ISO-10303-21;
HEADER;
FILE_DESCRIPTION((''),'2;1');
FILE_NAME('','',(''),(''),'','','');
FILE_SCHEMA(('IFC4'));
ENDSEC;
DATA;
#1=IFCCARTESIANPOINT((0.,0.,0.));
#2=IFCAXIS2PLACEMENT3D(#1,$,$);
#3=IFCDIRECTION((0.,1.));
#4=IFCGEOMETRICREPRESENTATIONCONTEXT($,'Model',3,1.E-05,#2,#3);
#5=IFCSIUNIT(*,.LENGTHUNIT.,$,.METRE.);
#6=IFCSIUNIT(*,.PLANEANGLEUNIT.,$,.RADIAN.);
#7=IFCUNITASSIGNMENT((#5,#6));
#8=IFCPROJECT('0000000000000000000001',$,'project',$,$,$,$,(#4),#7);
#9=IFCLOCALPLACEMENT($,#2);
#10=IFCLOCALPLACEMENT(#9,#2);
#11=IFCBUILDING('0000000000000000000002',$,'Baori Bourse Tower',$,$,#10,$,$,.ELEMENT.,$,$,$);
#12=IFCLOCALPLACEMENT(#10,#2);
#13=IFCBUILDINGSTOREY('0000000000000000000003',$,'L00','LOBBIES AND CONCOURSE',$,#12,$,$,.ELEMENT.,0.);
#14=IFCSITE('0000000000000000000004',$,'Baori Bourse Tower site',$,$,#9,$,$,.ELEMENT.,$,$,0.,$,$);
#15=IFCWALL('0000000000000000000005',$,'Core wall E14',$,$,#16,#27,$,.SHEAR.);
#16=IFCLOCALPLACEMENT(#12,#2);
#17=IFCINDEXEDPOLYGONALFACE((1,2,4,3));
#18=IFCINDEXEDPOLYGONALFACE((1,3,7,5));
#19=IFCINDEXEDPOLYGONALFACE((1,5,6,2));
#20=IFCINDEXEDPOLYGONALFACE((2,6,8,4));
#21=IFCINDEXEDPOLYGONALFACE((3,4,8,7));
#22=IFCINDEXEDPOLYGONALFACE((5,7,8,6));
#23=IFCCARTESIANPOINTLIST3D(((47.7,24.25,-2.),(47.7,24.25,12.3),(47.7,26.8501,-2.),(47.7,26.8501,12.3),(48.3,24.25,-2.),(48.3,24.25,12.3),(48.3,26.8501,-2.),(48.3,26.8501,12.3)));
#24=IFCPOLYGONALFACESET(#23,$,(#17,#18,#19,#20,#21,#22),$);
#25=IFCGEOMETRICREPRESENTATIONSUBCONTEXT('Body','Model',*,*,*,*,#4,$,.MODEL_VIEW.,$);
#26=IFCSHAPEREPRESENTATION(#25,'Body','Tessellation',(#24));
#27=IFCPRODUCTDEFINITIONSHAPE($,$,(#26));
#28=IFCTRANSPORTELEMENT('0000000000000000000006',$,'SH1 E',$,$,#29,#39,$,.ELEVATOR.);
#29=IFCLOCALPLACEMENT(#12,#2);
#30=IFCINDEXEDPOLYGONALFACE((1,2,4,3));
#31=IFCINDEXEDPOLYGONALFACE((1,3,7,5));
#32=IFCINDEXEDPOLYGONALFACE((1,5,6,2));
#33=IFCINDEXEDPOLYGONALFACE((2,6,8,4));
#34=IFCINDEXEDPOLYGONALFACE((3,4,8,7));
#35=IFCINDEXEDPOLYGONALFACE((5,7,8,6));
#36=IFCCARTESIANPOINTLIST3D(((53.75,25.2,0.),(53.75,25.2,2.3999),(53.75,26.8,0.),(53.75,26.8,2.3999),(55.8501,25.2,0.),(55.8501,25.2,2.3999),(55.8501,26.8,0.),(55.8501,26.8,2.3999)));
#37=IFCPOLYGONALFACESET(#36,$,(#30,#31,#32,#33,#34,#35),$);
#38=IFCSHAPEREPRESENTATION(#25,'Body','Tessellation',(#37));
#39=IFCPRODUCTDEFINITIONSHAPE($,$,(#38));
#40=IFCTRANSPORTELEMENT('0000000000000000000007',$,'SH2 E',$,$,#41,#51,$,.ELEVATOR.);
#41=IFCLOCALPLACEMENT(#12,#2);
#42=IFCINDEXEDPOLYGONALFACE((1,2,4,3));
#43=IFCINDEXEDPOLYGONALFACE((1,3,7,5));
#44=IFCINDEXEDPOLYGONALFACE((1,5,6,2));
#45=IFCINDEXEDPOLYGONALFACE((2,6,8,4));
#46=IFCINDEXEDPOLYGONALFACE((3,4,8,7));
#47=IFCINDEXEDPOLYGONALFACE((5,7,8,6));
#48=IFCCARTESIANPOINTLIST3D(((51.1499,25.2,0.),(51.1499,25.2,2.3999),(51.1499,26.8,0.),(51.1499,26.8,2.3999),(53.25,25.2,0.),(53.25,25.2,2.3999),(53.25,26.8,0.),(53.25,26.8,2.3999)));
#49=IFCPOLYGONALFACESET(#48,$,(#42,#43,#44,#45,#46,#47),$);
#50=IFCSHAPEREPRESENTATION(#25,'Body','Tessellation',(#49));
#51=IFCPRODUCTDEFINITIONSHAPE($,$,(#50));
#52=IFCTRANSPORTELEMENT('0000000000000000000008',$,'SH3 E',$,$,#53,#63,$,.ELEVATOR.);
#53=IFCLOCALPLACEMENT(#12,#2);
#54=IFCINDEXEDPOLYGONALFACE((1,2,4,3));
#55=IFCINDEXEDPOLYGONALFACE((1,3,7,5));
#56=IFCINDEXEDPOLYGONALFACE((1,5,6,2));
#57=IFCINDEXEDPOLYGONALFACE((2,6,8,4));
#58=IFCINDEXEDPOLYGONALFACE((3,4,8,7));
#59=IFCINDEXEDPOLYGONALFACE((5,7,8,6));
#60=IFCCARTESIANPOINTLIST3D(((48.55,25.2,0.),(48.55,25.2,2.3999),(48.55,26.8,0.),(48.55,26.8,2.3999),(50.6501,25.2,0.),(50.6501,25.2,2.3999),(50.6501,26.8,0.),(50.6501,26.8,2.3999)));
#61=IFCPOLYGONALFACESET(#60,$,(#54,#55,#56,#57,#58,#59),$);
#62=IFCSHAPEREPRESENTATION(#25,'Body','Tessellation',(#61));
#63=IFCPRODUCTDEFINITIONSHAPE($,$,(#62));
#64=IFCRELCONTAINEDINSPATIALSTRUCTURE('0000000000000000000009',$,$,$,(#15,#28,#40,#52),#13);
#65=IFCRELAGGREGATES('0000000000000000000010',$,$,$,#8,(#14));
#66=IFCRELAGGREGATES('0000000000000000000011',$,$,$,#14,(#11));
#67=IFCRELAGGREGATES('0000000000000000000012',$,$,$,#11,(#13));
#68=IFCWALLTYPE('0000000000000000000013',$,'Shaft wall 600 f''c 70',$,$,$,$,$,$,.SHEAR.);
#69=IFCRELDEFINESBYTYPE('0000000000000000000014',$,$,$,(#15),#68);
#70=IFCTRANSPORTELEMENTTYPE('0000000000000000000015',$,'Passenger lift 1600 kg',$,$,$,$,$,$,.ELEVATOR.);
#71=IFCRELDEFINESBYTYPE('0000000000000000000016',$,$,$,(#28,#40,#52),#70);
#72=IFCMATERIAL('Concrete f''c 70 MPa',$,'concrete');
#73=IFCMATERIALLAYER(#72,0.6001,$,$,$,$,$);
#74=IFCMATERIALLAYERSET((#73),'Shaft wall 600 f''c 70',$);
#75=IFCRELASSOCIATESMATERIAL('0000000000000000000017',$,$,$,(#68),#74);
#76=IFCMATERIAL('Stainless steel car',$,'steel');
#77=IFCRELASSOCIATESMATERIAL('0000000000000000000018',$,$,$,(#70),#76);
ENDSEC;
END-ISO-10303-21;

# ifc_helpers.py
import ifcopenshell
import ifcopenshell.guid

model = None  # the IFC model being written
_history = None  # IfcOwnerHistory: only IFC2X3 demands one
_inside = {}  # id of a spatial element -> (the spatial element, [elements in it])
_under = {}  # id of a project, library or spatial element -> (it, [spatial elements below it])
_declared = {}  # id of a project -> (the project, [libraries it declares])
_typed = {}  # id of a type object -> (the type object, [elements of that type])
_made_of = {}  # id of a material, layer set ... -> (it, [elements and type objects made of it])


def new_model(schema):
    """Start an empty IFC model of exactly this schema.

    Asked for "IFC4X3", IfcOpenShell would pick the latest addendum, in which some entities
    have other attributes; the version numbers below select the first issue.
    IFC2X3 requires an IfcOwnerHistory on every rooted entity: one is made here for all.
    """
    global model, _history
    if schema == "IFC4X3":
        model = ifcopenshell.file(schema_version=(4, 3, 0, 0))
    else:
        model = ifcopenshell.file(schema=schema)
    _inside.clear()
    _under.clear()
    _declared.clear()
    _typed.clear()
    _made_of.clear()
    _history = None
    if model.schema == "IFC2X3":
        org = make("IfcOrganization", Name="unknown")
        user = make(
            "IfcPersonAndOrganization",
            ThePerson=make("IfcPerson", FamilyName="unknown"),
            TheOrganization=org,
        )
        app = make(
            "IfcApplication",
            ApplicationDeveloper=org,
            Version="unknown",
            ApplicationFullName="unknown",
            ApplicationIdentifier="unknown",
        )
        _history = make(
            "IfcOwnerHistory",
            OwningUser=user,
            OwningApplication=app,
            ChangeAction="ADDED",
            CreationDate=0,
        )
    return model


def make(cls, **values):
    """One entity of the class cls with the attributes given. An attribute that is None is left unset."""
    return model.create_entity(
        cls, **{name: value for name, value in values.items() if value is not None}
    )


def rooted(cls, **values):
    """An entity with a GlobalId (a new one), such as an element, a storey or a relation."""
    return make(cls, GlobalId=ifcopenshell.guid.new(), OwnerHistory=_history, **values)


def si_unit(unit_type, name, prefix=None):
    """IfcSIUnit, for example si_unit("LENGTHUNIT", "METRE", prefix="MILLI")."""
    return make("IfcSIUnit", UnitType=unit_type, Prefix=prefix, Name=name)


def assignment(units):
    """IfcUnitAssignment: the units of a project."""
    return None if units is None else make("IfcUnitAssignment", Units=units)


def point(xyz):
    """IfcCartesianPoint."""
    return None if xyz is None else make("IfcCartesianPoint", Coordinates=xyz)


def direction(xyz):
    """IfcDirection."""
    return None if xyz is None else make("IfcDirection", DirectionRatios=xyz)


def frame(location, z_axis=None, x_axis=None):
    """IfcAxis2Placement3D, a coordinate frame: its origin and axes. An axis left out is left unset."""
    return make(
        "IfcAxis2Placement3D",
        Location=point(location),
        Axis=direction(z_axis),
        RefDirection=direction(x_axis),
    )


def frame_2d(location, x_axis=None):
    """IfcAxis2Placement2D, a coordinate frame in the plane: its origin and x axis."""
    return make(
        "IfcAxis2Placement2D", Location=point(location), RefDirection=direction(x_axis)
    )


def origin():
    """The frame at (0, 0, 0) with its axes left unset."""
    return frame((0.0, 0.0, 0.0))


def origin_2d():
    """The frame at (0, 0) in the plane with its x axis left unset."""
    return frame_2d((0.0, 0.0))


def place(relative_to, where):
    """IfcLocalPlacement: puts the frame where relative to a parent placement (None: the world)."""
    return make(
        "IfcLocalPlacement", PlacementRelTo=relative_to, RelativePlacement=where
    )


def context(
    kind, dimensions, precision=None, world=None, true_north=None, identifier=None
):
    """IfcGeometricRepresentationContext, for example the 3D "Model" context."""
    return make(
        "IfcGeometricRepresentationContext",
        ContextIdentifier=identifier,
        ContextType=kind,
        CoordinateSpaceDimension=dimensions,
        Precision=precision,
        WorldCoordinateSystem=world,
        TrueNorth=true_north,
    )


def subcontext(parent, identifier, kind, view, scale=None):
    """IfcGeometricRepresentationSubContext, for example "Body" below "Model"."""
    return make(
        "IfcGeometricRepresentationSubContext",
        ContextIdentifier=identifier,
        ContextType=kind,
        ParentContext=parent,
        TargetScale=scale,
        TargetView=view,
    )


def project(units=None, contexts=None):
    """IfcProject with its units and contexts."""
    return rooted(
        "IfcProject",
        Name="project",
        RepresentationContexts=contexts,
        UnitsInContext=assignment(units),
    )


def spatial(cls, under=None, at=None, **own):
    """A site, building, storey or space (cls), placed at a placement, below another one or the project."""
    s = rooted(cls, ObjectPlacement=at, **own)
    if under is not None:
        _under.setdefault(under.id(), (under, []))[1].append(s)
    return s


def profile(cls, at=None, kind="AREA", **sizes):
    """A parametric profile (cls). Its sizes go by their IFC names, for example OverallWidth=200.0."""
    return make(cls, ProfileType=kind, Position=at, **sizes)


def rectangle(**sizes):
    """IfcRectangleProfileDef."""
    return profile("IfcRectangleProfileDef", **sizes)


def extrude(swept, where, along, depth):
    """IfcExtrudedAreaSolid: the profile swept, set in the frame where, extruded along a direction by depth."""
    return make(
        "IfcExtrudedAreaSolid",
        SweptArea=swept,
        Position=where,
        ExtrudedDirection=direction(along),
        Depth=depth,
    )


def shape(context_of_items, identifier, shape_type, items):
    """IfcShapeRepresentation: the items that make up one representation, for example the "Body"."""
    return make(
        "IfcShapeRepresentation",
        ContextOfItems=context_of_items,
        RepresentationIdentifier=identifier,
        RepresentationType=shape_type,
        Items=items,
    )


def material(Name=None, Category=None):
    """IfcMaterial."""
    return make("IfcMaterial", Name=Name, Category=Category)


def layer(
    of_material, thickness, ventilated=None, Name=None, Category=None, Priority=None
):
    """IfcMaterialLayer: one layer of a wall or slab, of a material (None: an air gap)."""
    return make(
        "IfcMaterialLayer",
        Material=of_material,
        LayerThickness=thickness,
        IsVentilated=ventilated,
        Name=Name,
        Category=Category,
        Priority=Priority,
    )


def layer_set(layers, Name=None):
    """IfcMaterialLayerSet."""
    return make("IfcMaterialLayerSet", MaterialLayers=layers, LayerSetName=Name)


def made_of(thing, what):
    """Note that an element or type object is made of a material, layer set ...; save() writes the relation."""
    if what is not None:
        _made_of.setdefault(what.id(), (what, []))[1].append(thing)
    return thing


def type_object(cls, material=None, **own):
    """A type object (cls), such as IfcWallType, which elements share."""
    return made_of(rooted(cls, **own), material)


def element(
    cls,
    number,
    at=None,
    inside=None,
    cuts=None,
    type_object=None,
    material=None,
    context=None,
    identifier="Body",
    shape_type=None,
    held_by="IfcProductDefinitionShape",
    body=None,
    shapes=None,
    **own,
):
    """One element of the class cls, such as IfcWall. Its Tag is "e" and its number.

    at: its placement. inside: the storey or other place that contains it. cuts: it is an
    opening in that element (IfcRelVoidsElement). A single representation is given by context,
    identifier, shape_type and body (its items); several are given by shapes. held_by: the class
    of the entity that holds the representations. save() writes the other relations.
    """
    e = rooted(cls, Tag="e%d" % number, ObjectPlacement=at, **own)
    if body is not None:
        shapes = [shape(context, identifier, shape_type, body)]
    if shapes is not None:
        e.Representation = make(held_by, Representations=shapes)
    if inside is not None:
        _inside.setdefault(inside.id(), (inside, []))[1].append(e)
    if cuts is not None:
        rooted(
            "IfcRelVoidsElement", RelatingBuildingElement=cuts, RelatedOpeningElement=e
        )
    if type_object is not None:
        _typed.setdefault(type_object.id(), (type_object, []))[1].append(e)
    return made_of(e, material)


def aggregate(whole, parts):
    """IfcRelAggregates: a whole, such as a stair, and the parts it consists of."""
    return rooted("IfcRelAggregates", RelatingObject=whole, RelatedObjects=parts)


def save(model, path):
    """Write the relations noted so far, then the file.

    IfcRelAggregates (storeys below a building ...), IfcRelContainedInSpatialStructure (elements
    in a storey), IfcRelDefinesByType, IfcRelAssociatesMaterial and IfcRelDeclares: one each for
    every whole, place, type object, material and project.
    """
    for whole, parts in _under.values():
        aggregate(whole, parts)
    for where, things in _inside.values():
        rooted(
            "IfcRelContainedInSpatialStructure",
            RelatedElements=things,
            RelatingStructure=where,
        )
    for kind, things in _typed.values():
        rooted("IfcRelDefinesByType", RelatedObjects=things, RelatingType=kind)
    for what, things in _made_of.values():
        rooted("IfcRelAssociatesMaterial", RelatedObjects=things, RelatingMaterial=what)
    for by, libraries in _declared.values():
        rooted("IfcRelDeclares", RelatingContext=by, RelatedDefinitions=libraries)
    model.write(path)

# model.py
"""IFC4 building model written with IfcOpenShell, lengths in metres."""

from ifc_helpers import new_model, si_unit, direction, frame, frame_2d, origin, origin_2d, place, context, subcontext, project, spatial, rectangle, extrude, material, layer, layer_set, type_object, element, save


model = new_model("IFC4")

# Units and contexts
model_context = context("Model", 3, precision=1e-05, world=origin(), true_north=direction((0.0, 1.0)))
body_context = subcontext(model_context, "Body", "Model", "MODEL_VIEW")
ifc_project = project(units=[si_unit("LENGTHUNIT", "METRE"), si_unit("PLANEANGLEUNIT", "RADIAN")], contexts=[model_context])

# Site, building, storey
site_placement = place(None, origin())
site = spatial("IfcSite", under=ifc_project, at=site_placement, Name="Baori Bourse Tower site", CompositionType="ELEMENT", RefElevation=0.0)
building_placement = place(site_placement, origin())
building = spatial("IfcBuilding", under=site, at=building_placement, Name="Baori Bourse Tower", CompositionType="ELEMENT")
storey_placement = place(building_placement, origin())
storey = spatial("IfcBuildingStorey", under=building, at=storey_placement, Name="L00", Description="LOBBIES AND CONCOURSE", CompositionType="ELEMENT", Elevation=0.0)

# Wall
ifc_material_1 = material(Name="Concrete f'c 70 MPa", Category="concrete")
ifc_layer_1 = layer(ifc_material_1, 0.6001)
ifc_layer_set_1 = layer_set([ifc_layer_1], Name="Shaft wall 600 f'c 70")
wall_type_1 = type_object("IfcWallType", Name="Shaft wall 600 f'c 70", PredefinedType="SHEAR", material=ifc_layer_set_1)
wall_placement = place(storey_placement, frame((48.0, 24.25, -2.0), z_axis=(0.0, 0.0, 1.0), x_axis=(0.0, 1.0, 0.0)))
element("IfcWall", 1, at=wall_placement, inside=storey, type_object=wall_type_1, Name="Core wall E14", PredefinedType="SHEAR", context=body_context, shape_type="SweptSolid", body=[
    extrude(rectangle(XDim=2.6001, YDim=0.6001, at=frame_2d((1.3, 0.0))), origin(), (0.0, 0.0, 1.0), 14.3),
])

# Transport elements
ifc_material_2 = material(Name="Stainless steel car", Category="steel")
transport_element_type = type_object("IfcTransportElementType", Name="Passenger lift 1600 kg", PredefinedType="ELEVATOR", material=ifc_material_2)
for number, where, z_axis, x_axis, name in (
    (2, (54.8, 26.0, 0.0), (0.0, 0.0, 1.0), (1.0, 0.0, 0.0), "SH1 E"),
    (3, (52.2, 26.0, 0.0), (0.0, 0.0, 1.0), (1.0, 0.0, 0.0), "SH2 E"),
    (4, (49.6001, 26.0, 0.0), (0.0, 0.0, 1.0), (1.0, 0.0, 0.0), "SH3 E"),
):
    element("IfcTransportElement", number, at=place(storey_placement, frame(where, z_axis=z_axis, x_axis=x_axis)), inside=storey, type_object=transport_element_type, Name=name, PredefinedType="ELEVATOR", context=body_context, shape_type="SweptSolid", body=[
        extrude(rectangle(XDim=2.1001, YDim=1.6001, at=origin_2d()), origin(), (0.0, 0.0, 1.0), 2.3999),
    ])

save(model, "model.ifc")
